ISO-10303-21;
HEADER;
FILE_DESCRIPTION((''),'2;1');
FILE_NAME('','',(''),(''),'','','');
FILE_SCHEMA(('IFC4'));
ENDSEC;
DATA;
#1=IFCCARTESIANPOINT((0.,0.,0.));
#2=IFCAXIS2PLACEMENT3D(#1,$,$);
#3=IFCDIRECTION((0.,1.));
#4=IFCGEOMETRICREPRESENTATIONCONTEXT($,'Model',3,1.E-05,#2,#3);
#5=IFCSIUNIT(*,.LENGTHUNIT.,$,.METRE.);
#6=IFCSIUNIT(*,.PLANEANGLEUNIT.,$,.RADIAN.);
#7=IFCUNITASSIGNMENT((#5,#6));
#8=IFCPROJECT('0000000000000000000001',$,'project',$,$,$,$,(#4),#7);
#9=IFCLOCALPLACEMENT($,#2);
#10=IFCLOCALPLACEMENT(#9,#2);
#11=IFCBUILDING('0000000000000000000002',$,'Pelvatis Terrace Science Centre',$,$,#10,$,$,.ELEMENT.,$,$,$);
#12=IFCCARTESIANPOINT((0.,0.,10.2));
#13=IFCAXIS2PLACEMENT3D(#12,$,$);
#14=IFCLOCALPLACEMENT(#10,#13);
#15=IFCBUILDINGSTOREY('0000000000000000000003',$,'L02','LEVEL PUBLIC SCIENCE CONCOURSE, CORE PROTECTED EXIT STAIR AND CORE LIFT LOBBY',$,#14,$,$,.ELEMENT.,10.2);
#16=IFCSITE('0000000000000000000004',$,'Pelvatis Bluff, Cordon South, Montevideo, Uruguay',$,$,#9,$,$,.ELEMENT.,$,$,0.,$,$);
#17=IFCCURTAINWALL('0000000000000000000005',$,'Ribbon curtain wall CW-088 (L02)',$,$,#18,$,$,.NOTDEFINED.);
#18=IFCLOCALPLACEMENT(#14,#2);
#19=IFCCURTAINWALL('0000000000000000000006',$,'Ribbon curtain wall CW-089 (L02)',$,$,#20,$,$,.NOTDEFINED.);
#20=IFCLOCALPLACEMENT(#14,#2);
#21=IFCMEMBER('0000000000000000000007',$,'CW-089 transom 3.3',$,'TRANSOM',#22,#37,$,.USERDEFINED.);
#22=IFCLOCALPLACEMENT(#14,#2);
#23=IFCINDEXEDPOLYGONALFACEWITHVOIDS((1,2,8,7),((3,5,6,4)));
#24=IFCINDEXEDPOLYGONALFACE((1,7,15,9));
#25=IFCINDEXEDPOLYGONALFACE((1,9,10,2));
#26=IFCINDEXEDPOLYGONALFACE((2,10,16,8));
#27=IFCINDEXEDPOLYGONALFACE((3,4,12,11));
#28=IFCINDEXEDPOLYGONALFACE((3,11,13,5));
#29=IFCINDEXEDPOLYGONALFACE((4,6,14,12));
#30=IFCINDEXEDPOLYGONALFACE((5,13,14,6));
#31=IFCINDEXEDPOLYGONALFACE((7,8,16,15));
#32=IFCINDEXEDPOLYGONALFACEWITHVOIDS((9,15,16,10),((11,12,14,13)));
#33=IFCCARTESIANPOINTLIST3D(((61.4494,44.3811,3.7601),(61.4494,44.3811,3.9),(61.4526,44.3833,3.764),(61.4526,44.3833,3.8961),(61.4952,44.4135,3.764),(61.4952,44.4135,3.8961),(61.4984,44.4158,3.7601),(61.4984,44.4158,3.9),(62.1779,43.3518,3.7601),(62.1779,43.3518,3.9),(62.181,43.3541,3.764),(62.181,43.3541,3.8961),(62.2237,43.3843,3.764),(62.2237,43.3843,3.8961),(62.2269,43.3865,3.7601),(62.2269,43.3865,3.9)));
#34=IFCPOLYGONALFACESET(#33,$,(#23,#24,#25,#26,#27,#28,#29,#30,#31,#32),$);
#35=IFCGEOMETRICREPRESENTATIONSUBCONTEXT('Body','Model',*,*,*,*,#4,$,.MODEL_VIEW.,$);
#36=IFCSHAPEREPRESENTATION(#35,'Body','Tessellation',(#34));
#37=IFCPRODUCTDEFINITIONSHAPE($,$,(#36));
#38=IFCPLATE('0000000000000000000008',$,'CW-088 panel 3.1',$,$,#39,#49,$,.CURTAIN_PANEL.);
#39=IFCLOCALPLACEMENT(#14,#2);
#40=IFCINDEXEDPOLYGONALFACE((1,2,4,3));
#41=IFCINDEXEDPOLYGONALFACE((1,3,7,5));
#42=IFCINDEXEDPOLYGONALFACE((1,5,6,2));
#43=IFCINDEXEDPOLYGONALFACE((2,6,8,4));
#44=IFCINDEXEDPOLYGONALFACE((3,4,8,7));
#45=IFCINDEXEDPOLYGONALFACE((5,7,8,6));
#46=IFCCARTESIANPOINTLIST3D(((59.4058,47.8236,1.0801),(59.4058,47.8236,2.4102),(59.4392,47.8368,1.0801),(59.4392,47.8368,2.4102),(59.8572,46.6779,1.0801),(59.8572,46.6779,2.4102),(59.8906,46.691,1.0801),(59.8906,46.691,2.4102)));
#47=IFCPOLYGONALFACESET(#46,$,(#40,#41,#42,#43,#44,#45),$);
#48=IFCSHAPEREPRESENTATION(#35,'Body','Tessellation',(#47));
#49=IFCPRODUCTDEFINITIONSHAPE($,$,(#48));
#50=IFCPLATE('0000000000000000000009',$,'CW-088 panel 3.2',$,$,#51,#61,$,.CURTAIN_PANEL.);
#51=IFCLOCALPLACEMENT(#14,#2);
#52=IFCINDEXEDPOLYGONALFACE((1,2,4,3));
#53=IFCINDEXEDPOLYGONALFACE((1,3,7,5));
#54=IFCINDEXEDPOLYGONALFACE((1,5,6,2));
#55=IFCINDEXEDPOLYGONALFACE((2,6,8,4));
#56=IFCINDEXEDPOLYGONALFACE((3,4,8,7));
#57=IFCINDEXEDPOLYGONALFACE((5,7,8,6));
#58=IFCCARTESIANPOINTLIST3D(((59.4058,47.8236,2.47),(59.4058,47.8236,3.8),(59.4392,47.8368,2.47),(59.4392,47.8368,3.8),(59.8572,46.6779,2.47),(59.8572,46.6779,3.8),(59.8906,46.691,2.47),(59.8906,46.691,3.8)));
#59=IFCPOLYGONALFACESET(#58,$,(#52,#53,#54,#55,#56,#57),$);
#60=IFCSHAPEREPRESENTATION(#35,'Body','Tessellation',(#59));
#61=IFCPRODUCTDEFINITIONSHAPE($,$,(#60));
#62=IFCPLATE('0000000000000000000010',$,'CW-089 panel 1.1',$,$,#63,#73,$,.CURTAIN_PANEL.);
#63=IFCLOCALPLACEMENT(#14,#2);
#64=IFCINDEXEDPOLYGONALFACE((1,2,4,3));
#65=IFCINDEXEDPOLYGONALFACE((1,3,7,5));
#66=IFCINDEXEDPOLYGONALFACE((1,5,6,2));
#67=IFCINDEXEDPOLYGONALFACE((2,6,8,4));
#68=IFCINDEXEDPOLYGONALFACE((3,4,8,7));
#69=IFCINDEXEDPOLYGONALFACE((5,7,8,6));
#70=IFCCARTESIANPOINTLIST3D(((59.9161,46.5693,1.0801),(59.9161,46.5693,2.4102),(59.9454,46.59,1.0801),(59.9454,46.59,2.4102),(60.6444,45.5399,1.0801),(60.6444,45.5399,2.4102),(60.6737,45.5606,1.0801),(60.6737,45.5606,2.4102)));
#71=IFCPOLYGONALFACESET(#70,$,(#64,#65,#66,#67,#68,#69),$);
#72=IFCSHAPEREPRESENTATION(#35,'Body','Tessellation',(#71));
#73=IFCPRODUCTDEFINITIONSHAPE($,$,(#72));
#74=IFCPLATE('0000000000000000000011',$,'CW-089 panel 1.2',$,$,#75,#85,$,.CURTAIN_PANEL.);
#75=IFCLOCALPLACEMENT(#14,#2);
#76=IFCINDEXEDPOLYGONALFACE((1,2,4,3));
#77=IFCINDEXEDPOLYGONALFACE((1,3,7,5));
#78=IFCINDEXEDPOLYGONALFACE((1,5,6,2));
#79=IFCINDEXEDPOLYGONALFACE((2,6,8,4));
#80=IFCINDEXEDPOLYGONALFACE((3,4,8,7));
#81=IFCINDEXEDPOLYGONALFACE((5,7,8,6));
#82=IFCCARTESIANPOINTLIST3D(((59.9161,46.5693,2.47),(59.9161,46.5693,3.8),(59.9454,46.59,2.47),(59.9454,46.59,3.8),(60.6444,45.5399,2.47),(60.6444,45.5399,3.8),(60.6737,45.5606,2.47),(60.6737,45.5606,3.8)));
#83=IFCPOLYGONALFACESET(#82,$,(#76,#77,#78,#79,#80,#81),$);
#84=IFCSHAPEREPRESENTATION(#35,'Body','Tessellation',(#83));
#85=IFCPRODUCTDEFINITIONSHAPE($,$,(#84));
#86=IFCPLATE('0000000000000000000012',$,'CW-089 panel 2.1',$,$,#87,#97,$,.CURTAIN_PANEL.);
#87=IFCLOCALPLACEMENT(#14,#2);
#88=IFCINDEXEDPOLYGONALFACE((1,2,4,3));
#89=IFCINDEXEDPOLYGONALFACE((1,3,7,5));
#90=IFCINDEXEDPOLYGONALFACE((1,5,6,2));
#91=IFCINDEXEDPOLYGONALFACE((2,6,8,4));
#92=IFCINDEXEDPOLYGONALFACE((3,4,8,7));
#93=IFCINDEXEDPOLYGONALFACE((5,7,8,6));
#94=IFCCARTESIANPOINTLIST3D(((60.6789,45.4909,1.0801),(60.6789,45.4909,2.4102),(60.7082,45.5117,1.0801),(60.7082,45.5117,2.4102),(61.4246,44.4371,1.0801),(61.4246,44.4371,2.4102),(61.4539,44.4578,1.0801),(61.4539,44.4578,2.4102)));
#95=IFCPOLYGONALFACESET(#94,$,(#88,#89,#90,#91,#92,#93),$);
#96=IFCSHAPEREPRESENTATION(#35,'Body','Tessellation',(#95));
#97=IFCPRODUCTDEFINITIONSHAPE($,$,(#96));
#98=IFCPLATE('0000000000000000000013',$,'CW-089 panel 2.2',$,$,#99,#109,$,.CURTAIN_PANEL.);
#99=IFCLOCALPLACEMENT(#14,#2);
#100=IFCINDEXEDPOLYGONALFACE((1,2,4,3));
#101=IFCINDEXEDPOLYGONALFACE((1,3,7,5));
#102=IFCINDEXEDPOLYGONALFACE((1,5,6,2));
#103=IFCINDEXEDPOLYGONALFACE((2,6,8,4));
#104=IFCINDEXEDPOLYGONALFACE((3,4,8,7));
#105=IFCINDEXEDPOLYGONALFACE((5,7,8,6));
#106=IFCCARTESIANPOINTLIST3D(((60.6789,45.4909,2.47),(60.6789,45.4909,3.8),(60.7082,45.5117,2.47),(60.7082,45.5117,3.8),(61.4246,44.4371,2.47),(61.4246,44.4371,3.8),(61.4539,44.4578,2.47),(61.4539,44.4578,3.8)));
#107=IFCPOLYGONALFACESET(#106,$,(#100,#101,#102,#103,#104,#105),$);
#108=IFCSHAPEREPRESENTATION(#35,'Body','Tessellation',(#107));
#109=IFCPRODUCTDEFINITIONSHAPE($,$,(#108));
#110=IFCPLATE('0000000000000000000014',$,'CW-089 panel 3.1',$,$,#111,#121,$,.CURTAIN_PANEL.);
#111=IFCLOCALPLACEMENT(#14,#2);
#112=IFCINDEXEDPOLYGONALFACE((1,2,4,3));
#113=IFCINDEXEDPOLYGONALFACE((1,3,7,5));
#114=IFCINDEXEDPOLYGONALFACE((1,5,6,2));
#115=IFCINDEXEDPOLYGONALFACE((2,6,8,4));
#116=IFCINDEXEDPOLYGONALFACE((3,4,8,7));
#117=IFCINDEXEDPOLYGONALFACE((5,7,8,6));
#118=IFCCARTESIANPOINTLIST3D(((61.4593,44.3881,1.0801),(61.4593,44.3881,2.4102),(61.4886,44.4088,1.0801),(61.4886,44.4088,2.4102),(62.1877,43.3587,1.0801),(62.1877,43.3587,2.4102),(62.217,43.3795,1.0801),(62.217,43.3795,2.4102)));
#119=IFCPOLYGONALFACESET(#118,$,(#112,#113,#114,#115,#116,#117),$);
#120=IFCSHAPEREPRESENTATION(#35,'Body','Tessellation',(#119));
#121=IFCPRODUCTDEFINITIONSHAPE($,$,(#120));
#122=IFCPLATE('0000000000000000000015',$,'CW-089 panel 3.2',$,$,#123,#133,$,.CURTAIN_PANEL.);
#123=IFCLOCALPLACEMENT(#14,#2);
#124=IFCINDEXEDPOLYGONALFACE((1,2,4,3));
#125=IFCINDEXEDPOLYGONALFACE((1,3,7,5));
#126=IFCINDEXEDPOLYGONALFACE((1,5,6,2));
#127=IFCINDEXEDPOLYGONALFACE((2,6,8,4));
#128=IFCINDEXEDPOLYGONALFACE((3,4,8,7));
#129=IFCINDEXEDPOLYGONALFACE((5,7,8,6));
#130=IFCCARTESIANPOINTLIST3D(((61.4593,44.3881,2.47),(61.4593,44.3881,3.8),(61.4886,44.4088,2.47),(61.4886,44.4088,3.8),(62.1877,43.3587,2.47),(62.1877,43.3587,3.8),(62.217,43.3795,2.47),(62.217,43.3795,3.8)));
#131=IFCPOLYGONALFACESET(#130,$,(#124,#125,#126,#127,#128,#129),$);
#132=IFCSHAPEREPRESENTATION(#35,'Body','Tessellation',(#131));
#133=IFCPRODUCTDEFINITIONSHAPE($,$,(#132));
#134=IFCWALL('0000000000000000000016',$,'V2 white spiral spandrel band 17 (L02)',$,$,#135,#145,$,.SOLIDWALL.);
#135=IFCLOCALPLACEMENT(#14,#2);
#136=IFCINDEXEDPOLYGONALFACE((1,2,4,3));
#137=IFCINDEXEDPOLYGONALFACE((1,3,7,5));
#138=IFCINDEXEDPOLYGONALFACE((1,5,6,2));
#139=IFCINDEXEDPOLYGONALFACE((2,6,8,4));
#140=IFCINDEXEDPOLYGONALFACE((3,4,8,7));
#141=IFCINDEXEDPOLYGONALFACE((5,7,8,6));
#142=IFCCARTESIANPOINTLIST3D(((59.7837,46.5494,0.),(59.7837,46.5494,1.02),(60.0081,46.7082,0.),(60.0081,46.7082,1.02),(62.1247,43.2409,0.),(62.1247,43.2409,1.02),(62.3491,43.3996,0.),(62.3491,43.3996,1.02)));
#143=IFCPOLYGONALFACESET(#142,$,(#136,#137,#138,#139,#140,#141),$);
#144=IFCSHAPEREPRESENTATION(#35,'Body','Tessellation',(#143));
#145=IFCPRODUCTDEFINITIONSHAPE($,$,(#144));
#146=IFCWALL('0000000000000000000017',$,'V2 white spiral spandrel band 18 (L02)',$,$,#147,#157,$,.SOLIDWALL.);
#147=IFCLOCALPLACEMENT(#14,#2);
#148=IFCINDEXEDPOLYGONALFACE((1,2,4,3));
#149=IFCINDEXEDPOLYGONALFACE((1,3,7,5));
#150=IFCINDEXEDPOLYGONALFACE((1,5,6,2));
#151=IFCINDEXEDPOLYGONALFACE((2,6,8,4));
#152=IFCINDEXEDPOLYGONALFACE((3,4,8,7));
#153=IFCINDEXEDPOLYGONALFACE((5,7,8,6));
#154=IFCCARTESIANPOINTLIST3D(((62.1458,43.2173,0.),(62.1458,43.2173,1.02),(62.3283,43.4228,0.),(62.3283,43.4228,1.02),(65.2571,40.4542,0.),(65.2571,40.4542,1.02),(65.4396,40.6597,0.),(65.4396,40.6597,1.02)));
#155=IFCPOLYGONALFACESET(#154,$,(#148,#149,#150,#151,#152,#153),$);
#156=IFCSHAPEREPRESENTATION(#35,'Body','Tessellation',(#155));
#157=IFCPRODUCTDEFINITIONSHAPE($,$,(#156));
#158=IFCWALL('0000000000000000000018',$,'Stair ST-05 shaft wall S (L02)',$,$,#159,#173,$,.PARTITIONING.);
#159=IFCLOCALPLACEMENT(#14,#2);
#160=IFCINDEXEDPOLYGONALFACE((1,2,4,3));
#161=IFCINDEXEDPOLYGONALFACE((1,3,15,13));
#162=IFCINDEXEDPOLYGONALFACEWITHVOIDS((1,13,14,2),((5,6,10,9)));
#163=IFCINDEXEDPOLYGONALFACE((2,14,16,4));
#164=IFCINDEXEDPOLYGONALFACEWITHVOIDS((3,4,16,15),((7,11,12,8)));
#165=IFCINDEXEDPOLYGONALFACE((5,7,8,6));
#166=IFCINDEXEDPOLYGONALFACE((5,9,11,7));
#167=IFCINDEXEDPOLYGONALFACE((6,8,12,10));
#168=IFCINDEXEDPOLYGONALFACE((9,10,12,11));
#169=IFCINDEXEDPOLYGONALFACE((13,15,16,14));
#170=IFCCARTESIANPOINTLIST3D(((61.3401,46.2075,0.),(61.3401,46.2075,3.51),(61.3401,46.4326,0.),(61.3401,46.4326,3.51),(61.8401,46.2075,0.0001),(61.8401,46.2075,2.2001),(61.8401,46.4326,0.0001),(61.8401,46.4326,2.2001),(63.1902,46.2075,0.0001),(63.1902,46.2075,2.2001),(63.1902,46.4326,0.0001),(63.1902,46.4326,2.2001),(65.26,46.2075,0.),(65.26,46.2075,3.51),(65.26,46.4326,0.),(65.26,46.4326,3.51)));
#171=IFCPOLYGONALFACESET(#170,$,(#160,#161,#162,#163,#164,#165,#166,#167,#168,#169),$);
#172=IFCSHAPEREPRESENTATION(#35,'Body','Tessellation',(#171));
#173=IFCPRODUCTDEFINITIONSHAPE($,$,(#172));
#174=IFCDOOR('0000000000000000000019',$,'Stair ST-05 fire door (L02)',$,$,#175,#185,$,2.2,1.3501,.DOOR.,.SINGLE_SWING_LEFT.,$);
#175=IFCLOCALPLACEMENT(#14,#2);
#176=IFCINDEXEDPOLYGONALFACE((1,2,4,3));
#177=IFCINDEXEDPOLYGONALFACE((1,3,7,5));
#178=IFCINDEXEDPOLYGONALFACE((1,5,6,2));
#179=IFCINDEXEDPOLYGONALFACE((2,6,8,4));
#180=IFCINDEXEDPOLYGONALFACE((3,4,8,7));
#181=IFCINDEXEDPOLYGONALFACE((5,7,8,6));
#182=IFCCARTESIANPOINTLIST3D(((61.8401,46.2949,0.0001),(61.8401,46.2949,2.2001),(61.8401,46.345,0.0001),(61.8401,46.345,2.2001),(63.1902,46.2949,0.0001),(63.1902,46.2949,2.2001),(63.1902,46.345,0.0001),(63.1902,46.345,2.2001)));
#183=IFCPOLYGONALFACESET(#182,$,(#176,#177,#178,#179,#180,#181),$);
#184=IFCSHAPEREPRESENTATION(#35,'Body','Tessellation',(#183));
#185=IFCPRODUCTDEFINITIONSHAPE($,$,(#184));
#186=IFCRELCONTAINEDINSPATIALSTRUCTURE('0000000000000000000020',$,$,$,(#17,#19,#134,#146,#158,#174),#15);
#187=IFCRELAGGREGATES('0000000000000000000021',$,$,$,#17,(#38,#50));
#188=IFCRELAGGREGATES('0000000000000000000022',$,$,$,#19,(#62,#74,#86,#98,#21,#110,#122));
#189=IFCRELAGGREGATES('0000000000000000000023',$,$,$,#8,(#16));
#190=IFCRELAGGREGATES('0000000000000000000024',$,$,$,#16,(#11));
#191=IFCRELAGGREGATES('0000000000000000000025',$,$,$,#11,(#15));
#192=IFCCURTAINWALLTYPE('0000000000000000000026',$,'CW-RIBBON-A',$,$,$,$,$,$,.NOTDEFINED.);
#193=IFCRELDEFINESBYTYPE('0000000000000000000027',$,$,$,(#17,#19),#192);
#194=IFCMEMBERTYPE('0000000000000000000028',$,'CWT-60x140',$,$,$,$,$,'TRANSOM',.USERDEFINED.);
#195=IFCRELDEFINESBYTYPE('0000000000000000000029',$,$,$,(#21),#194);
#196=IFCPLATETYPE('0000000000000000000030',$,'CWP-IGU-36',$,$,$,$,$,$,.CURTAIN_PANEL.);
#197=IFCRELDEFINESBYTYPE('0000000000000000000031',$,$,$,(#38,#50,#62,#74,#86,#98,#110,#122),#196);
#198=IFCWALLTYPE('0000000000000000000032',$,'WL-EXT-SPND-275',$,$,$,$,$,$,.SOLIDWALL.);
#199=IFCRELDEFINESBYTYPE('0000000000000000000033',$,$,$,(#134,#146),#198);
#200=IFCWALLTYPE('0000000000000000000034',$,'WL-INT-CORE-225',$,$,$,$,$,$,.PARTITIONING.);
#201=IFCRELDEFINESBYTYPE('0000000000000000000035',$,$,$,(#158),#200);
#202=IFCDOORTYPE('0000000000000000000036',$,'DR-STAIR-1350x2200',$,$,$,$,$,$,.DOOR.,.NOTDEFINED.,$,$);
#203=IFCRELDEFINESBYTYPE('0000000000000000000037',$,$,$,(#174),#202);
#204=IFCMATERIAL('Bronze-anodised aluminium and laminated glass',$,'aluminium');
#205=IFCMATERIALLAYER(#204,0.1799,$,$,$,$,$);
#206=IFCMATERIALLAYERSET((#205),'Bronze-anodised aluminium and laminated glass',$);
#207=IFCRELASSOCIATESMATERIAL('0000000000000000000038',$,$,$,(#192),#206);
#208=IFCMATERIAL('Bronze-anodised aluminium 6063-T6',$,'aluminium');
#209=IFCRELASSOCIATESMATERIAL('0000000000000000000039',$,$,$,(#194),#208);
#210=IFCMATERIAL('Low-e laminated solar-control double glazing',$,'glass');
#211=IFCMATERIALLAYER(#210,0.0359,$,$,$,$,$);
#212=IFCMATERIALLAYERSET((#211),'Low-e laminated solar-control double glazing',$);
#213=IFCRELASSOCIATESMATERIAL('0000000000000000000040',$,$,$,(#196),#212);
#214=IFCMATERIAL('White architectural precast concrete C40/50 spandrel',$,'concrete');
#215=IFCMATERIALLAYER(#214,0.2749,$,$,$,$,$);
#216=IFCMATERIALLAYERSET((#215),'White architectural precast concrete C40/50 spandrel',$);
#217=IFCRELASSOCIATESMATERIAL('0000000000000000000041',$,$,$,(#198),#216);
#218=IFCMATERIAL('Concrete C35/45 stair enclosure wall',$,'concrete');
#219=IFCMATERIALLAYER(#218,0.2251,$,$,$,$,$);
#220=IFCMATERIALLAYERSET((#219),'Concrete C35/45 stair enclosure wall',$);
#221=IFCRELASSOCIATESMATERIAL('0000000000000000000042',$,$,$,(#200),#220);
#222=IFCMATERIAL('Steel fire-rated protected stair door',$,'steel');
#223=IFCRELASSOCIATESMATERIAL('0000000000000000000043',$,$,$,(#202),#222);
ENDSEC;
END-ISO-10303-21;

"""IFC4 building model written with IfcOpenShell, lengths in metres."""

from ifc_helpers import new_model, si_unit, direction, frame, frame_2d, origin, origin_2d, place, context, subcontext, project, spatial, rectangle, hollow_rectangle, extrude, material, layer, layer_set, material_profile, profile_set, type_object, element, fill, aggregate, save


model = new_model("IFC4")

# Units and contexts
model_context = context("Model", 3, precision=1e-05, world=origin(), true_north=direction((0.0, 1.0)))
body_context = subcontext(model_context, "Body", "Model", "MODEL_VIEW")
ifc_project = project(units=[si_unit("LENGTHUNIT", "METRE"), si_unit("PLANEANGLEUNIT", "RADIAN")], contexts=[model_context])

# Site, building, storey
site_placement = place(None, origin())
site = spatial("IfcSite", under=ifc_project, at=site_placement, Name="Pelvatis Bluff, Cordon South, Montevideo, Uruguay", CompositionType="ELEMENT", RefElevation=0.0)
building_placement = place(site_placement, origin())
building = spatial("IfcBuilding", under=site, at=building_placement, Name="Pelvatis Terrace Science Centre", CompositionType="ELEMENT")
storey_placement = place(building_placement, frame((0.0, 0.0, 10.2)))
storey = spatial("IfcBuildingStorey", under=building, at=storey_placement, Name="L02", Description="LEVEL PUBLIC SCIENCE CONCOURSE, CORE PROTECTED EXIT STAIR AND CORE LIFT LOBBY", CompositionType="ELEMENT", Elevation=10.2)

# Curtain walls
ifc_material_1 = material(Name="Bronze-anodised aluminium and laminated glass", Category="aluminium")
ifc_layer_1 = layer(ifc_material_1, 0.1799)
ifc_layer_set_1 = layer_set([ifc_layer_1], Name="Bronze-anodised aluminium and laminated glass")
curtain_wall_type = type_object("IfcCurtainWallType", Name="CW-RIBBON-A", PredefinedType="NOTDEFINED", material=ifc_layer_set_1)
curtain_wall_1_placement = place(storey_placement, origin())
curtain_wall_1 = element("IfcCurtainWall", 1, at=curtain_wall_1_placement, inside=storey, type_object=curtain_wall_type, Name="Ribbon curtain wall CW-088 (L02)", PredefinedType="NOTDEFINED")
curtain_wall_2_placement = place(storey_placement, origin())
curtain_wall_2 = element("IfcCurtainWall", 2, at=curtain_wall_2_placement, inside=storey, type_object=curtain_wall_type, Name="Ribbon curtain wall CW-089 (L02)", PredefinedType="NOTDEFINED")

# Member
ifc_material_2 = material(Name="Bronze-anodised aluminium 6063-T6", Category="aluminium")
ifc_material_profile_1 = material_profile(ifc_material_2, hollow_rectangle(XDim=0.0601, YDim=0.1399, WallThickness=0.0039, at=origin_2d()), Name="ALU-TRN 60x140")
ifc_profile_set_1 = profile_set([ifc_material_profile_1], Name="Bronze-anodised aluminium 6063-T6")
member_type_1 = type_object("IfcMemberType", Name="CWT-60x140", ElementType="TRANSOM", PredefinedType="USERDEFINED", material=ifc_profile_set_1)
member_1_placement = place(storey_placement, frame((61.4739, 44.3984, 3.8301), z_axis=(0.577716, -0.816238, 0.0), x_axis=(0.816238, 0.577716, 0.0)))
member_1 = element("IfcMember", 3, at=member_1_placement, type_object=member_type_1, Name="CW-089 transom 3.3", ObjectType="TRANSOM", PredefinedType="USERDEFINED", context=body_context, shape_type="SweptSolid", body=[
    extrude(hollow_rectangle(XDim=0.0601, YDim=0.1399, WallThickness=0.0039, at=origin_2d()), origin(), (0.0, 0.0, 1.0), 1.261),
])

# Plates
ifc_material_3 = material(Name="Low-e laminated solar-control double glazing", Category="glass")
ifc_layer_2 = layer(ifc_material_3, 0.0359)
ifc_layer_set_2 = layer_set([ifc_layer_2], Name="Low-e laminated solar-control double glazing")
plate_type = type_object("IfcPlateType", Name="CWP-IGU-36", PredefinedType="CURTAIN_PANEL", material=ifc_layer_set_2)
plate_1_placement = place(storey_placement, frame((59.6482, 47.2573, 1.0801), z_axis=(0.0, 0.0, 1.0), x_axis=(0.366597, -0.93038, 0.0)))
plate_1 = element("IfcPlate", 4, at=plate_1_placement, type_object=plate_type, Name="CW-088 panel 3.1", PredefinedType="CURTAIN_PANEL", context=body_context, shape_type="SweptSolid", body=[
    extrude(rectangle(XDim=1.2314, YDim=0.0359, at=origin_2d()), origin(), (0.0, 0.0, 1.0), 1.3301),
])
plate_2_placement = place(storey_placement, frame((59.6482, 47.2573, 2.47), z_axis=(0.0, 0.0, 1.0), x_axis=(0.366597, -0.93038, 0.0)))
plate_2 = element("IfcPlate", 5, at=plate_2_placement, type_object=plate_type, Name="CW-088 panel 3.2", PredefinedType="CURTAIN_PANEL", context=body_context, shape_type="SweptSolid", body=[
    extrude(rectangle(XDim=1.2314, YDim=0.0359, at=origin_2d()), origin(), (0.0, 0.0, 1.0), 1.3301),
])
aggregate(curtain_wall_1, [plate_1, plate_2])
plate_3_placement = place(storey_placement, frame((60.2949, 46.0649, 1.0801), z_axis=(0.0, 0.0, 1.0), x_axis=(0.577591, -0.816326, 0.0)))
plate_3 = element("IfcPlate", 6, at=plate_3_placement, type_object=plate_type, Name="CW-089 panel 1.1", PredefinedType="CURTAIN_PANEL", context=body_context, shape_type="SweptSolid", body=[
    extrude(rectangle(XDim=1.261, YDim=0.0359, at=origin_2d()), origin(), (0.0, 0.0, 1.0), 1.3301),
])
plate_4_placement = place(storey_placement, frame((60.2949, 46.0649, 2.47), z_axis=(0.0, 0.0, 1.0), x_axis=(0.577591, -0.816326, 0.0)))
plate_4 = element("IfcPlate", 7, at=plate_4_placement, type_object=plate_type, Name="CW-089 panel 1.2", PredefinedType="CURTAIN_PANEL", context=body_context, shape_type="SweptSolid", body=[
    extrude(rectangle(XDim=1.261, YDim=0.0359, at=origin_2d()), origin(), (0.0, 0.0, 1.0), 1.3301),
])
plate_5_placement = place(storey_placement, frame((61.0664, 44.9744, 1.0801), z_axis=(0.0, 0.0, 1.0), x_axis=(0.577591, -0.816326, 0.0)))
plate_5 = element("IfcPlate", 8, at=plate_5_placement, type_object=plate_type, Name="CW-089 panel 2.1", PredefinedType="CURTAIN_PANEL", context=body_context, shape_type="SweptSolid", body=[
    extrude(rectangle(XDim=1.291, YDim=0.0359, at=origin_2d()), origin(), (0.0, 0.0, 1.0), 1.3301),
])
plate_6_placement = place(storey_placement, frame((61.0664, 44.9744, 2.47), z_axis=(0.0, 0.0, 1.0), x_axis=(0.577591, -0.816326, 0.0)))
plate_6 = element("IfcPlate", 9, at=plate_6_placement, type_object=plate_type, Name="CW-089 panel 2.2", PredefinedType="CURTAIN_PANEL", context=body_context, shape_type="SweptSolid", body=[
    extrude(rectangle(XDim=1.291, YDim=0.0359, at=origin_2d()), origin(), (0.0, 0.0, 1.0), 1.3301),
])
plate_7_placement = place(storey_placement, frame((61.8381, 43.8838, 1.0801), z_axis=(0.0, 0.0, 1.0), x_axis=(0.577591, -0.816326, 0.0)))
plate_7 = element("IfcPlate", 10, at=plate_7_placement, type_object=plate_type, Name="CW-089 panel 3.1", PredefinedType="CURTAIN_PANEL", context=body_context, shape_type="SweptSolid", body=[
    extrude(rectangle(XDim=1.261, YDim=0.0359, at=origin_2d()), origin(), (0.0, 0.0, 1.0), 1.3301),
])
plate_8_placement = place(storey_placement, frame((61.8381, 43.8838, 2.47), z_axis=(0.0, 0.0, 1.0), x_axis=(0.577591, -0.816326, 0.0)))
plate_8 = element("IfcPlate", 11, at=plate_8_placement, type_object=plate_type, Name="CW-089 panel 3.2", PredefinedType="CURTAIN_PANEL", context=body_context, shape_type="SweptSolid", body=[
    extrude(rectangle(XDim=1.261, YDim=0.0359, at=origin_2d()), origin(), (0.0, 0.0, 1.0), 1.3301),
])
aggregate(curtain_wall_2, [plate_3, plate_4, plate_5, plate_6, member_1, plate_7, plate_8])

# Walls
ifc_material_4 = material(Name="White architectural precast concrete C40/50 spandrel", Category="concrete")
ifc_layer_3 = layer(ifc_material_4, 0.2749)
ifc_layer_set_3 = layer_set([ifc_layer_3], Name="White architectural precast concrete C40/50 spandrel")
wall_type_1 = type_object("IfcWallType", Name="WL-EXT-SPND-275", PredefinedType="SOLIDWALL", material=ifc_layer_set_3)
wall_1_placement = place(storey_placement, frame((59.896, 46.6287, 0.0), z_axis=(0.0, 0.0, 1.0), x_axis=(0.577603, -0.816318, 0.0)))
element("IfcWall", 12, at=wall_1_placement, inside=storey, type_object=wall_type_1, Name="V2 white spiral spandrel band 17 (L02)", PredefinedType="SOLIDWALL", context=body_context, shape_type="SweptSolid", body=[
    extrude(rectangle(XDim=4.053, YDim=0.2749, at=frame_2d((2.0264, 0.0))), origin(), (0.0, 0.0, 1.0), 1.02),
])
wall_2_placement = place(storey_placement, frame((62.2371, 43.3201, 0.0), z_axis=(0.0, 0.0, 1.0), x_axis=(0.747701, -0.664036, 0.0)))
element("IfcWall", 13, at=wall_2_placement, inside=storey, type_object=wall_type_1, Name="V2 white spiral spandrel band 18 (L02)", PredefinedType="SOLIDWALL", context=body_context, shape_type="SweptSolid", body=[
    extrude(rectangle(XDim=4.1611, YDim=0.2749, at=frame_2d((2.0806, 0.0))), origin(), (0.0, 0.0, 1.0), 1.02),
])

# Wall, opening, door
ifc_material_5 = material(Name="Concrete C35/45 stair enclosure wall", Category="concrete")
ifc_layer_4 = layer(ifc_material_5, 0.2251)
ifc_layer_set_4 = layer_set([ifc_layer_4], Name="Concrete C35/45 stair enclosure wall")
wall_type_2 = type_object("IfcWallType", Name="WL-INT-CORE-225", PredefinedType="PARTITIONING", material=ifc_layer_set_4)
wall_3_placement = place(storey_placement, frame((61.3401, 46.3201, 0.0), z_axis=(0.0, 0.0, 1.0), x_axis=(1.0, 0.0, 0.0)))
wall_3 = element("IfcWall", 14, at=wall_3_placement, inside=storey, type_object=wall_type_2, Name="Stair ST-05 shaft wall S (L02)", PredefinedType="PARTITIONING", context=body_context, shape_type="SweptSolid", body=[
    extrude(rectangle(XDim=3.9199, YDim=0.2251, at=frame_2d((1.96, 0.0))), origin(), (0.0, 0.0, 1.0), 3.51),
])
opening_placement = place(wall_3_placement, frame((0.5, 0.0, 0.0)))
opening = element("IfcOpeningElement", 15, at=opening_placement, cuts=wall_3, PredefinedType="OPENING", context=body_context, shape_type="SweptSolid", body=[
    extrude(rectangle(XDim=1.3501, YDim=2.2, at=frame_2d((0.675, 1.1001))), frame((0.0, 0.1226, 0.0), z_axis=(0.0, -1.0, 0.0), x_axis=(1.0, 0.0, 0.0)), (0.0, 0.0, 1.0), 0.2451),
])
ifc_material_6 = material(Name="Steel fire-rated protected stair door", Category="steel")
door_type = type_object("IfcDoorType", Name="DR-STAIR-1350x2200", OperationType="NOTDEFINED", PredefinedType="DOOR", material=ifc_material_6)
door_placement = place(opening_placement, origin())
door = element("IfcDoor", 16, at=door_placement, inside=storey, type_object=door_type, Name="Stair ST-05 fire door (L02)", OperationType="SINGLE_SWING_LEFT", OverallHeight=2.2, OverallWidth=1.3501, PredefinedType="DOOR", context=body_context, shape_type="SweptSolid", body=[
    extrude(rectangle(XDim=1.3501, YDim=2.2, at=frame_2d((0.675, 1.1001))), frame((0.0, 0.0249, 0.0), z_axis=(0.0, -1.0, 0.0), x_axis=(1.0, 0.0, 0.0)), (0.0, 0.0, 1.0), 0.05),
])
fill(opening, door)

save(model, "model.ifc")
